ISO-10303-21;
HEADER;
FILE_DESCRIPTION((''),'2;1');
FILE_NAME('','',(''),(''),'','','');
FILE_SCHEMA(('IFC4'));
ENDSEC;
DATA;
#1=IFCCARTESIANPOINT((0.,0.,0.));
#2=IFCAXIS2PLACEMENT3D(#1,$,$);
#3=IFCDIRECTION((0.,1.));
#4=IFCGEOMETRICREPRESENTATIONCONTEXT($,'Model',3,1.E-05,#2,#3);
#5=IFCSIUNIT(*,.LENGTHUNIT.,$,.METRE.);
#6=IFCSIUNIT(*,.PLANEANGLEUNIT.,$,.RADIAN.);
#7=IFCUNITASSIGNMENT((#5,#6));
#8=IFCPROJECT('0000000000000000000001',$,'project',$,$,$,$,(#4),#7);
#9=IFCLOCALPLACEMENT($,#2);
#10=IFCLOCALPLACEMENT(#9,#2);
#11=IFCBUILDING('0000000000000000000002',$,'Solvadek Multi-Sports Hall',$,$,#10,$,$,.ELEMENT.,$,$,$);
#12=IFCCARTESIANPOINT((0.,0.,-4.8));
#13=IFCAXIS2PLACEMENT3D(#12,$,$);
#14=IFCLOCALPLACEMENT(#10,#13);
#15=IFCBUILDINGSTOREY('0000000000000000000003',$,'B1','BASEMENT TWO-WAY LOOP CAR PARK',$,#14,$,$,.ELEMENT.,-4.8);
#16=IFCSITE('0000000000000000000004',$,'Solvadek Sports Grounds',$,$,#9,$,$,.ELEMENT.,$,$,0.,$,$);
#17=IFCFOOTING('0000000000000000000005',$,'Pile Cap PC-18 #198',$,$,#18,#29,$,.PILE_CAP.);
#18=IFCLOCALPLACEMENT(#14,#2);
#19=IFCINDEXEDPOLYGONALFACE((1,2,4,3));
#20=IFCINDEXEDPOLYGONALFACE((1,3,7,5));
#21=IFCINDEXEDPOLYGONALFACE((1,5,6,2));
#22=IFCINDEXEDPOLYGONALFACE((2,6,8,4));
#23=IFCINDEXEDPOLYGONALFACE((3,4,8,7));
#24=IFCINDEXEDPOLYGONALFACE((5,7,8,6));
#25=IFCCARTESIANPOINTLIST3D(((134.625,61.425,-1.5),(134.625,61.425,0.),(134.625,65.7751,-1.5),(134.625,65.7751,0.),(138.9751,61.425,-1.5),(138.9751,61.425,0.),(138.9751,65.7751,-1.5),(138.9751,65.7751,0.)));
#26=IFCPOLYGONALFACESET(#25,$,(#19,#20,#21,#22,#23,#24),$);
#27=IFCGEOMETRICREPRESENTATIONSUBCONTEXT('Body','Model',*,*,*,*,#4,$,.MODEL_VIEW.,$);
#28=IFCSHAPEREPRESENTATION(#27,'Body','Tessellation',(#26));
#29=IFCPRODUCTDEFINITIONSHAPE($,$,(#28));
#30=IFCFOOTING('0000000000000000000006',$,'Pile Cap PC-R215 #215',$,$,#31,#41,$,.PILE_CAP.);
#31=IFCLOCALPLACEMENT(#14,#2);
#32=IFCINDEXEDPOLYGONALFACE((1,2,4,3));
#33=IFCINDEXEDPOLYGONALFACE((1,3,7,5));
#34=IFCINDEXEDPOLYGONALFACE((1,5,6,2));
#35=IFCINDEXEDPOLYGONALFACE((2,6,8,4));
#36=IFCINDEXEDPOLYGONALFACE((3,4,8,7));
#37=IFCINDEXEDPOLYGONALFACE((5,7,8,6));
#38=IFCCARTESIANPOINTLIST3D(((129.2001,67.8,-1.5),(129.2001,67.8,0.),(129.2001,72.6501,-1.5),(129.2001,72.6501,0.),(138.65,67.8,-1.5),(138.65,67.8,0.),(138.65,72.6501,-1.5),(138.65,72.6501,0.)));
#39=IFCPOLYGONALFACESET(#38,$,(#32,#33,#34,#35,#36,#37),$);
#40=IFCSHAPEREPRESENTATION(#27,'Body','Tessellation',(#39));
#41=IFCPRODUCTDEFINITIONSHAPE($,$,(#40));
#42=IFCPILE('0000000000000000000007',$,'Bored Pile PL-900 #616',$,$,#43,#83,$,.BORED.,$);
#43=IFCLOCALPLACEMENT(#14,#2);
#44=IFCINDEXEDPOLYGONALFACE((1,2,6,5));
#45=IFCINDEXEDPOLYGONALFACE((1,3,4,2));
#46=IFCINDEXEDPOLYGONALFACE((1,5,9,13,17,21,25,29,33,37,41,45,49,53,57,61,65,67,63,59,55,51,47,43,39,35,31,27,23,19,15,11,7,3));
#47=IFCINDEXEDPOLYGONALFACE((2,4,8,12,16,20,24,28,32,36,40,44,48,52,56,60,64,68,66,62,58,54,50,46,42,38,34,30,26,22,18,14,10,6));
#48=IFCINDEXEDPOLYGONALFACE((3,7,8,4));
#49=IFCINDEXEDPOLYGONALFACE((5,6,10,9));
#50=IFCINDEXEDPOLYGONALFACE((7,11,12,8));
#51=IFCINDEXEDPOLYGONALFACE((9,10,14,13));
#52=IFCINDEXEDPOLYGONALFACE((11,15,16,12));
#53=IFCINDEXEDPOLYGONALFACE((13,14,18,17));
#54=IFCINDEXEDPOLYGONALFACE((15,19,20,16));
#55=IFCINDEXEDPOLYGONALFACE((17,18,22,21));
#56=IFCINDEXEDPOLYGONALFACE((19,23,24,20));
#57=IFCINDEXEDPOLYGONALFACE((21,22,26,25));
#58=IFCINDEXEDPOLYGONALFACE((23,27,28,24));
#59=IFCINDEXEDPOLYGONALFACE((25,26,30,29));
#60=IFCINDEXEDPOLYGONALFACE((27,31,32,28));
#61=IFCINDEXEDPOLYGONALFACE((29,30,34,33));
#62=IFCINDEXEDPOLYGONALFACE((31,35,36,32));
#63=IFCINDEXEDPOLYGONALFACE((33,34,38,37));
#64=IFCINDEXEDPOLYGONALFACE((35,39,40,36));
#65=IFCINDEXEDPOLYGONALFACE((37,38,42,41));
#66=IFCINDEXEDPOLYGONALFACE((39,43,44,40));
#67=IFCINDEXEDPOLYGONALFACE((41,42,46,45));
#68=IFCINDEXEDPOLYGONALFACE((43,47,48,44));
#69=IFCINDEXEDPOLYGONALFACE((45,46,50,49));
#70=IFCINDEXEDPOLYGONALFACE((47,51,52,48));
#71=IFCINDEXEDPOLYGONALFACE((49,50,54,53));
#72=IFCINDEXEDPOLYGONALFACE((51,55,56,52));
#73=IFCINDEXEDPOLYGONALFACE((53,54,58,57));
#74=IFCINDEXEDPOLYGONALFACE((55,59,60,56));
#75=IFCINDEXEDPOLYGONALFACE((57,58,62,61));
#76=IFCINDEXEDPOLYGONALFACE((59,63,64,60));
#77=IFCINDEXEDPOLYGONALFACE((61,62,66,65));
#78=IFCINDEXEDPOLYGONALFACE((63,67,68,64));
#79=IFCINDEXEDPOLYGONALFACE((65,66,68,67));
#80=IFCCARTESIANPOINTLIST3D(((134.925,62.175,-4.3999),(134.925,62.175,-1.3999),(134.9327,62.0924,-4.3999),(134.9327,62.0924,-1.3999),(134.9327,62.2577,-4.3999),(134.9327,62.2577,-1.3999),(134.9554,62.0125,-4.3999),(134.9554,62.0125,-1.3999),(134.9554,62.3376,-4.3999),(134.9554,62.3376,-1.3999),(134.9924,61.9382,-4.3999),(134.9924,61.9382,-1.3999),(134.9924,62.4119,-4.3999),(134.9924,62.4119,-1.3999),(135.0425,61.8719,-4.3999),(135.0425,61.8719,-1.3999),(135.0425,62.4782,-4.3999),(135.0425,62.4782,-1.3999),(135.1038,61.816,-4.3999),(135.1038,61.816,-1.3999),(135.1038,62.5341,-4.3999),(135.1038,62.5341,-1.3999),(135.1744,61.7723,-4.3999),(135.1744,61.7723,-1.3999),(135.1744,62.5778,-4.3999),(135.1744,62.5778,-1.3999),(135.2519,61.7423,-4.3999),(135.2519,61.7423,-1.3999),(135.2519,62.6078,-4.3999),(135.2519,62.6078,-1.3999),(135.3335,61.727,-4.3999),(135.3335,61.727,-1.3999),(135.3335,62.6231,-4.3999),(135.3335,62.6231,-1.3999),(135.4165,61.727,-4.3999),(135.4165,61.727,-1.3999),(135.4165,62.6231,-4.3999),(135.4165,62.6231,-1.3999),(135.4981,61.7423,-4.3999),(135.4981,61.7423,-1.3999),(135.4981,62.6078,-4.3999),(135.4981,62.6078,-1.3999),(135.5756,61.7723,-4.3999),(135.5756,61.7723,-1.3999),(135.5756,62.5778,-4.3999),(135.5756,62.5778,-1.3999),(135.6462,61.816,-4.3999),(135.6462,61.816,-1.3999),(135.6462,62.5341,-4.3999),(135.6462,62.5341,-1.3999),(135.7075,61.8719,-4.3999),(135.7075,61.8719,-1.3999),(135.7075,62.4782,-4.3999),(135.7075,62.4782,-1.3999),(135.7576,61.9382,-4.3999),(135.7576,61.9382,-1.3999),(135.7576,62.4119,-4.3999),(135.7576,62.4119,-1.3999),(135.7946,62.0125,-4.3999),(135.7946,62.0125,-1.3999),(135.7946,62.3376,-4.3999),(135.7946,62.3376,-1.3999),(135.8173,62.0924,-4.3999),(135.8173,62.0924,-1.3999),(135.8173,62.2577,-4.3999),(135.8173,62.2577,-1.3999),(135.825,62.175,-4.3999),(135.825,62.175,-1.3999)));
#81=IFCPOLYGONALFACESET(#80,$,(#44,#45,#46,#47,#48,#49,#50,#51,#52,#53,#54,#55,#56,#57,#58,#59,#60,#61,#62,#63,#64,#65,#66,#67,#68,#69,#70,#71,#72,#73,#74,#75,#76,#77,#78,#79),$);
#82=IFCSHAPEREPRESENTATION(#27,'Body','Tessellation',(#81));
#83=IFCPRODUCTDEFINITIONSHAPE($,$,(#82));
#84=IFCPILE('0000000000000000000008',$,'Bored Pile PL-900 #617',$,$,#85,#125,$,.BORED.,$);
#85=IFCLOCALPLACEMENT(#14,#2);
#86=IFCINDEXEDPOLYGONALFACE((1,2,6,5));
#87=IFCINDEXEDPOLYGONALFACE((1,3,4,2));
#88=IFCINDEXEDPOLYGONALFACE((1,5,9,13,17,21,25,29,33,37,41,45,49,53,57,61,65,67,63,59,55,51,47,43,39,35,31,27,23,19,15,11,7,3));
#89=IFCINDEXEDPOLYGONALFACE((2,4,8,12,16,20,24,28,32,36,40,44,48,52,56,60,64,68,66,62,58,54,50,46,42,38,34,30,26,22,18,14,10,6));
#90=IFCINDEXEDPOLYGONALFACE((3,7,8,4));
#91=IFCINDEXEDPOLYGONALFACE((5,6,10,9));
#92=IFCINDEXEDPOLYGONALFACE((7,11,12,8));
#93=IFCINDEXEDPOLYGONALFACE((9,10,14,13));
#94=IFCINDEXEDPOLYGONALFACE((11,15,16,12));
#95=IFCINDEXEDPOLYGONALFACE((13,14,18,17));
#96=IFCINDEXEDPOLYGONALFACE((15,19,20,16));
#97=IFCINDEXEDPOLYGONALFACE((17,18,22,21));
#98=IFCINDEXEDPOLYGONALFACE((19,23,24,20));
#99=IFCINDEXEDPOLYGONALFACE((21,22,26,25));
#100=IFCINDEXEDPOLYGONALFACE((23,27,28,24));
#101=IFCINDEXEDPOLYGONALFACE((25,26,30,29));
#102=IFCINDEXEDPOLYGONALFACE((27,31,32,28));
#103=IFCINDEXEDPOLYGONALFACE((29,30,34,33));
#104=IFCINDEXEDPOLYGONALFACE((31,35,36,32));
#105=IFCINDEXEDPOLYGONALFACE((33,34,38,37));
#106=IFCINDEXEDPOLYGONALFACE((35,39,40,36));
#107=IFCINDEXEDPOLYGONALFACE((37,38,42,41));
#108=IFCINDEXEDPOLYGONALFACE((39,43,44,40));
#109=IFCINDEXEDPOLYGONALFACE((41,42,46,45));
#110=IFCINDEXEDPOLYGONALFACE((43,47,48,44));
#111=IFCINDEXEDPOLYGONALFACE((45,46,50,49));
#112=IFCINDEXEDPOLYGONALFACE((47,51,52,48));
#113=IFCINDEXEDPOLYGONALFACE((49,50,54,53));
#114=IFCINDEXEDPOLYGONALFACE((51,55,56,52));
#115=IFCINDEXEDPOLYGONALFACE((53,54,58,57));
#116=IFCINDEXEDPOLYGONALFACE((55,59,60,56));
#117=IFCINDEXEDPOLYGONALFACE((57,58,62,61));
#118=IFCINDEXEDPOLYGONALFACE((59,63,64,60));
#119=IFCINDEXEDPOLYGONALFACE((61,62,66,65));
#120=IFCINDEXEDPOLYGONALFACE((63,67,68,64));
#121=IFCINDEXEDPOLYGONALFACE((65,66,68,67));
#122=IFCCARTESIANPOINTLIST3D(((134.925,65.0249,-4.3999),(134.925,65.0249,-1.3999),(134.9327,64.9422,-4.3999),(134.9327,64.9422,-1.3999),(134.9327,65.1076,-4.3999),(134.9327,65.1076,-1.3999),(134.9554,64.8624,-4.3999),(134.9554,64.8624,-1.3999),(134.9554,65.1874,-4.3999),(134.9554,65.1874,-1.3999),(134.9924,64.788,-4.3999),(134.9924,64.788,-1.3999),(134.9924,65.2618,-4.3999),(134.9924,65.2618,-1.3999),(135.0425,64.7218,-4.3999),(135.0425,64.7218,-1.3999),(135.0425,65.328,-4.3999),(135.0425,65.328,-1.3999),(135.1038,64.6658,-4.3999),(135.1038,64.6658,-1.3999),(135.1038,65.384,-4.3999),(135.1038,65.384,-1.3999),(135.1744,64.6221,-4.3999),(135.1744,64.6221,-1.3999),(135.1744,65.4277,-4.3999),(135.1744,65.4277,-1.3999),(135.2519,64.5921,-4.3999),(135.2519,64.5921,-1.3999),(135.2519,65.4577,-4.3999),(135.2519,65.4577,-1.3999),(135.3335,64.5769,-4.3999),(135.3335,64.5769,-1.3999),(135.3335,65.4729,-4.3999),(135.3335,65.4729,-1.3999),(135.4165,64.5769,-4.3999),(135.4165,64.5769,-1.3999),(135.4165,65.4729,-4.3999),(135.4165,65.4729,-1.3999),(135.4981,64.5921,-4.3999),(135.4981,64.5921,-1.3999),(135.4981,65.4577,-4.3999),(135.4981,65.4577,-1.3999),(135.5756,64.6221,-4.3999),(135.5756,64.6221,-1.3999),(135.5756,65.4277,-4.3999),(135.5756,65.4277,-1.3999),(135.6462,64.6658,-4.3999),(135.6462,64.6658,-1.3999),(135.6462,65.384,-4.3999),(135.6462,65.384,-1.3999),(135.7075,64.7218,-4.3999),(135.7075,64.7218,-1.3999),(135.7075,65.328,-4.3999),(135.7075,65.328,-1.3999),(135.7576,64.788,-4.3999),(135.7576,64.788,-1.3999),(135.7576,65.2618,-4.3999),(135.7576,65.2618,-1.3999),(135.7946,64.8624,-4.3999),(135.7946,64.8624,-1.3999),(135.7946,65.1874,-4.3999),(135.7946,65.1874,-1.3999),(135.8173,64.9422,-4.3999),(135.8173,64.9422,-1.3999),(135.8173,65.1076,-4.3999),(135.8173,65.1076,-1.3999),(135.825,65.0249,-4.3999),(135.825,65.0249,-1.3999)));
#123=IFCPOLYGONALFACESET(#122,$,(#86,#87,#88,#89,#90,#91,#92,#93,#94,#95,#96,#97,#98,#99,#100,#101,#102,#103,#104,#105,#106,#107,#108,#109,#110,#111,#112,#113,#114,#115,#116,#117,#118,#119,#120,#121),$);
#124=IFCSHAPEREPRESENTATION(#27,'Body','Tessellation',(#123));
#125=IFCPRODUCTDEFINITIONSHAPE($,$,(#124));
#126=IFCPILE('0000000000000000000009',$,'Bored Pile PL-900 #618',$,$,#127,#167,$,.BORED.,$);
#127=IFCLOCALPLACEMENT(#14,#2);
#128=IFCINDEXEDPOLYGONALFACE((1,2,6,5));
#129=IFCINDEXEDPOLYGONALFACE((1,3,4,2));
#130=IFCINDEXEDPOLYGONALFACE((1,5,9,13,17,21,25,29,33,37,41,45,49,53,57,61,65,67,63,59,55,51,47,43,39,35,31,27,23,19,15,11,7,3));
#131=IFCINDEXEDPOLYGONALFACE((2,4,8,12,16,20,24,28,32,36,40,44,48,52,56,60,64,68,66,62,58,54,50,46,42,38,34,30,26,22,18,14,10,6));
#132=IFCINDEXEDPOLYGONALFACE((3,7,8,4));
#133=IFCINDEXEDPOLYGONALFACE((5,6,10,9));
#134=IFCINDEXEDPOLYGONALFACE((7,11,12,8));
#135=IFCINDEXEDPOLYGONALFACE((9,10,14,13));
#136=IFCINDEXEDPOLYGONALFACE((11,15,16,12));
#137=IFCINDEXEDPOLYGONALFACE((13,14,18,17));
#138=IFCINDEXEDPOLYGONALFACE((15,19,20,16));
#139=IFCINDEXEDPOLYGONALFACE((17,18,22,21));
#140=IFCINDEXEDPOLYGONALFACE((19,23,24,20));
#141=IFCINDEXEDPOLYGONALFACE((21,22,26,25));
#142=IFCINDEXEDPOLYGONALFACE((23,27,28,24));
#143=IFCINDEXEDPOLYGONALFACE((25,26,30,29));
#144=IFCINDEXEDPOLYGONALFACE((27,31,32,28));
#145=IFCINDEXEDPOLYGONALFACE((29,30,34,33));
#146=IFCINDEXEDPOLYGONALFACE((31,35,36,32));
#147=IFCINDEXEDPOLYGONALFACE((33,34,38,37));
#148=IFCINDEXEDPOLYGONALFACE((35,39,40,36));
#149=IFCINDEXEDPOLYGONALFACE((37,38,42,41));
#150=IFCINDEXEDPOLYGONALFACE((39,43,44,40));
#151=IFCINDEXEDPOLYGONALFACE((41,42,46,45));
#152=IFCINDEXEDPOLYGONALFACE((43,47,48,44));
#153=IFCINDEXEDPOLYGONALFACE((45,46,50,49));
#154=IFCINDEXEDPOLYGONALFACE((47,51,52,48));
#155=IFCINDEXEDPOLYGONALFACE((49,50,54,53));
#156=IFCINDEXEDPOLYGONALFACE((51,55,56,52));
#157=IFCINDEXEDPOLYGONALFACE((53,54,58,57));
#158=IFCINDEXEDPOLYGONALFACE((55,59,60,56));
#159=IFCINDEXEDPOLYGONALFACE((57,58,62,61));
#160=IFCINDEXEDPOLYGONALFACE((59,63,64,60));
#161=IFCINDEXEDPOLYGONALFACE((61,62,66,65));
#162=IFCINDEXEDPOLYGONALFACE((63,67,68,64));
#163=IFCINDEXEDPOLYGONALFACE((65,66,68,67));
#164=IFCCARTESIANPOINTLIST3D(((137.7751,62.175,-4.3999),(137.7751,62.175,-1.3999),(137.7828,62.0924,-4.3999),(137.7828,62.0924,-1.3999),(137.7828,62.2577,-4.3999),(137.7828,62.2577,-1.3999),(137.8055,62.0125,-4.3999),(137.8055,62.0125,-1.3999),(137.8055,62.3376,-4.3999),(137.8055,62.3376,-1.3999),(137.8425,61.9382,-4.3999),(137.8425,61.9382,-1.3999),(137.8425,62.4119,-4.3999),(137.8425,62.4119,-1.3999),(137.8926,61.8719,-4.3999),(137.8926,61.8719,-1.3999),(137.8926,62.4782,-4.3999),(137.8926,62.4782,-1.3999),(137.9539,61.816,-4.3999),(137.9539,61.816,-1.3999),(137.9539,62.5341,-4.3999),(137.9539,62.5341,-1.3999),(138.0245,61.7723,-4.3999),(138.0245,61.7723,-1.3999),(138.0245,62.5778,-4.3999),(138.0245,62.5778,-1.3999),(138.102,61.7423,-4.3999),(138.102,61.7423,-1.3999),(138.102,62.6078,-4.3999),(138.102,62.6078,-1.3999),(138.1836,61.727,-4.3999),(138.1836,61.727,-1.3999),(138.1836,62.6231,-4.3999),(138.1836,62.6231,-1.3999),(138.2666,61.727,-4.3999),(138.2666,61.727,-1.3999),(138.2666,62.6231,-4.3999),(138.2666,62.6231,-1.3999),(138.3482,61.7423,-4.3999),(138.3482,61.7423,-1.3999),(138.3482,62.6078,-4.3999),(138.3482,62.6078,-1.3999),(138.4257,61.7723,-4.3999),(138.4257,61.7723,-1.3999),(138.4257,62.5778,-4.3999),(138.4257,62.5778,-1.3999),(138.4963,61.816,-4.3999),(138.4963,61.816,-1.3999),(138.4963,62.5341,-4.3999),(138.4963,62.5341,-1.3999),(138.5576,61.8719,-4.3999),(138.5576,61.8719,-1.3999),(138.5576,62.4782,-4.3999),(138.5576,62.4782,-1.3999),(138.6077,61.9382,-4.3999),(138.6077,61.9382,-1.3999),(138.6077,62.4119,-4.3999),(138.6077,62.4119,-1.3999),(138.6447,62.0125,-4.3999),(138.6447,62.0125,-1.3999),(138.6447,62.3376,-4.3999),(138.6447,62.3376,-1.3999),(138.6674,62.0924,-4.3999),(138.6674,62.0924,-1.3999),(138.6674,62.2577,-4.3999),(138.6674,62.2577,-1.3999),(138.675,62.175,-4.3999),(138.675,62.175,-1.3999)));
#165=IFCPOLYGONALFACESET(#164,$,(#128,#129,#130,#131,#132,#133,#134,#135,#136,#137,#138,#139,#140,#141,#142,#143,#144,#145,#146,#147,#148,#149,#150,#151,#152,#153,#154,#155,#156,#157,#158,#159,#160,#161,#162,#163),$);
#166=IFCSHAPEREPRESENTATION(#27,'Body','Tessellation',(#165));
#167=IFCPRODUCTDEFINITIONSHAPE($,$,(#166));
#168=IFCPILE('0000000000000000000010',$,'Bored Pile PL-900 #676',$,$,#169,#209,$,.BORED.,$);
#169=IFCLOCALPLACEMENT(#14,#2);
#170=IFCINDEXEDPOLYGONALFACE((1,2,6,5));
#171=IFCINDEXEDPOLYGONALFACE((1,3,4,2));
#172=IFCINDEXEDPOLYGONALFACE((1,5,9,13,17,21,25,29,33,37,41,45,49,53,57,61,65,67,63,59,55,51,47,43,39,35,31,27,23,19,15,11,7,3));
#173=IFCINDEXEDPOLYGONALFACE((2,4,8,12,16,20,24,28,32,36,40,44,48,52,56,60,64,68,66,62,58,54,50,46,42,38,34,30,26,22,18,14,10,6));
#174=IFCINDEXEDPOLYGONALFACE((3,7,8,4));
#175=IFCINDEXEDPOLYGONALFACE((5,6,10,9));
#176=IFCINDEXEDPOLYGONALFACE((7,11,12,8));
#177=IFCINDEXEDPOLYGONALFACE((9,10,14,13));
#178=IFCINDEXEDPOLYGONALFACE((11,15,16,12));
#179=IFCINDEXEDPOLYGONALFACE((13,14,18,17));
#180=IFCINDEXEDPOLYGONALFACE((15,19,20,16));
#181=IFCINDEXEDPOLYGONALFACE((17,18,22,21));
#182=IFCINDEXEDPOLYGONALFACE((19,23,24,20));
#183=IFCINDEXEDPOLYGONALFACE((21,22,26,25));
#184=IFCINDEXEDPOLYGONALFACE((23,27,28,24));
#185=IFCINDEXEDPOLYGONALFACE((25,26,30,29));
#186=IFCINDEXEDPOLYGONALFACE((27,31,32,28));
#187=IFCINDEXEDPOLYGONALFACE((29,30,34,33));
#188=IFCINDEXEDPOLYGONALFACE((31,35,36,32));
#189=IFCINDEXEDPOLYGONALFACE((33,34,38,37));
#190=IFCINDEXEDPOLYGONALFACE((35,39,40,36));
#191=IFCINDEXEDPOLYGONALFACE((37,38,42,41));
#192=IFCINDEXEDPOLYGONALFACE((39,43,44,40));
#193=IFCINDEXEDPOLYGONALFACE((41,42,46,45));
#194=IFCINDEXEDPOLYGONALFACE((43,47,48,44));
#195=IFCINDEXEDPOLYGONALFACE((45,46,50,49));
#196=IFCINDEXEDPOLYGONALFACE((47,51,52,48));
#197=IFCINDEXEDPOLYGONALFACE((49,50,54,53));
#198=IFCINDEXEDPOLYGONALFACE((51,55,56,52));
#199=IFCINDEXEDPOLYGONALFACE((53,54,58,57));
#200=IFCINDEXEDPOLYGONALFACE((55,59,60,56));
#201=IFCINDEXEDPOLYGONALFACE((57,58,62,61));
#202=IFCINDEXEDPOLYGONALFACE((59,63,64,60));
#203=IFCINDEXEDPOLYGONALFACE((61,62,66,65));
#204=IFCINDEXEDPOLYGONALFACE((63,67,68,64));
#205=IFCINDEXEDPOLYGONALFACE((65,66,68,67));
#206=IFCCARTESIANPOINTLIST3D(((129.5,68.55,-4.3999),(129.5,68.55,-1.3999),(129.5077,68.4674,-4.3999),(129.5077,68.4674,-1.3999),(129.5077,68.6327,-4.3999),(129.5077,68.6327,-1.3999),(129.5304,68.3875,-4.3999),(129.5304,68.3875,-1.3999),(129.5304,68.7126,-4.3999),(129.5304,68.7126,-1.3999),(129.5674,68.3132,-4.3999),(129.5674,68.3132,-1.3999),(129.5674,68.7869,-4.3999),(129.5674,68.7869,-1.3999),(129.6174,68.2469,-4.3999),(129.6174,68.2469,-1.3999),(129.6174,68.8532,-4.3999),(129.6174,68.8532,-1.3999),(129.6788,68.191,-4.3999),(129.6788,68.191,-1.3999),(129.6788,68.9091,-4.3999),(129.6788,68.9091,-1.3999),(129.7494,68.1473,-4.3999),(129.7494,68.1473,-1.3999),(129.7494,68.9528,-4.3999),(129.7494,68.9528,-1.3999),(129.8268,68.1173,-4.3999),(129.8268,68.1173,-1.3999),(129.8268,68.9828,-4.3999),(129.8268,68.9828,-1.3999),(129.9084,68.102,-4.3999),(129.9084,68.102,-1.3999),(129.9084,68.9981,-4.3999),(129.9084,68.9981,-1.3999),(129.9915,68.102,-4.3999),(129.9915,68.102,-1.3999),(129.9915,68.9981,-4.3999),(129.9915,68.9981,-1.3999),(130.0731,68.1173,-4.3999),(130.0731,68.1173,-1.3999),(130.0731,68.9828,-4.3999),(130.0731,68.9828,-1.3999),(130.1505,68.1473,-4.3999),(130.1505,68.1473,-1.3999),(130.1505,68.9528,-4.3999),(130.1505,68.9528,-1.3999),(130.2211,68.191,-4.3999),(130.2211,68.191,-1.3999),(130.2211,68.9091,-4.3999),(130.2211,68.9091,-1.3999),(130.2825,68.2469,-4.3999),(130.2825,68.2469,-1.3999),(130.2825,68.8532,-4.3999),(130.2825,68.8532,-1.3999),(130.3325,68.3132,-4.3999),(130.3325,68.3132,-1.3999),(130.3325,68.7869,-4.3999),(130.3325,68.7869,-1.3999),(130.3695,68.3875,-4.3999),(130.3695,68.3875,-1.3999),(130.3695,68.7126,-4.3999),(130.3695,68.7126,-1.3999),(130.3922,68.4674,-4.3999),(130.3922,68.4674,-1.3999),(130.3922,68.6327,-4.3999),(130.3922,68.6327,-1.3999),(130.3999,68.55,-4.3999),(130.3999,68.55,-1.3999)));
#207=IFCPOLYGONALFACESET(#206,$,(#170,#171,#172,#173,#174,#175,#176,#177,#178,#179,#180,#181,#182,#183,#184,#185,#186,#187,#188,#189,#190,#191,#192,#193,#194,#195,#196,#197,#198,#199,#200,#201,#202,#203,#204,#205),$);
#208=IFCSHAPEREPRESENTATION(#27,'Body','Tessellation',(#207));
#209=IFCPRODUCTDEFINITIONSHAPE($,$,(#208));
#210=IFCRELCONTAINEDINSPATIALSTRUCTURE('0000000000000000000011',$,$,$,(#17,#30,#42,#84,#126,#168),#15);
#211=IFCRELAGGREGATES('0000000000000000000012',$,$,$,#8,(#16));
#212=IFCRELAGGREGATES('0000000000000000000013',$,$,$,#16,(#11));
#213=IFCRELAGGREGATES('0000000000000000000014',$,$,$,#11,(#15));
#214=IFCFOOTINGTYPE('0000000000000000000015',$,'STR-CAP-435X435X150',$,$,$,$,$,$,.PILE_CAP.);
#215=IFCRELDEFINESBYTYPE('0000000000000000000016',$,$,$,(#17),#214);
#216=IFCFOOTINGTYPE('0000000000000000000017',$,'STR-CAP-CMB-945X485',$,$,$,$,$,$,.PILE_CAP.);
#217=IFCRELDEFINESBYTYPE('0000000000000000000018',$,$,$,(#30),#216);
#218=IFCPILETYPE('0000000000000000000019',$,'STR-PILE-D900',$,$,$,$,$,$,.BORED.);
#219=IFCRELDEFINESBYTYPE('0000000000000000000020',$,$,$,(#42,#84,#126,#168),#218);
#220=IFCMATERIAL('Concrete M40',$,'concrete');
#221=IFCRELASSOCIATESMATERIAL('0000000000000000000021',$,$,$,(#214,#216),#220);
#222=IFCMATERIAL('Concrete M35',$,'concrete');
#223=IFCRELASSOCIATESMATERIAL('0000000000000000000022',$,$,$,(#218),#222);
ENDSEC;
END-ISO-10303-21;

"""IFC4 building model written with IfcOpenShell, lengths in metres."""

from ifc_helpers import new_model, si_unit, direction, frame, origin, origin_2d, place, context, subcontext, project, spatial, rectangle, circle, extrude, material, material_profile, profile_set, type_object, element, save


model = new_model("IFC4")

# Units and contexts
model_context = context("Model", 3, precision=1e-05, world=origin(), true_north=direction((0.0, 1.0)))
body_context = subcontext(model_context, "Body", "Model", "MODEL_VIEW")
ifc_project = project(units=[si_unit("LENGTHUNIT", "METRE"), si_unit("PLANEANGLEUNIT", "RADIAN")], contexts=[model_context])

# Site, building, storey
site_placement = place(None, origin())
site = spatial("IfcSite", under=ifc_project, at=site_placement, Name="Solvadek Sports Grounds", CompositionType="ELEMENT", RefElevation=0.0)
building_placement = place(site_placement, origin())
building = spatial("IfcBuilding", under=site, at=building_placement, Name="Solvadek Multi-Sports Hall", CompositionType="ELEMENT")
storey_placement = place(building_placement, frame((0.0, 0.0, -4.8)))
storey = spatial("IfcBuildingStorey", under=building, at=storey_placement, Name="B1", Description="BASEMENT TWO-WAY LOOP CAR PARK", CompositionType="ELEMENT", Elevation=-4.8)

# Footings
ifc_material_1 = material(Name="Concrete M40", Category="concrete")
footing_type_1 = type_object("IfcFootingType", Name="STR-CAP-435X435X150", PredefinedType="PILE_CAP", material=ifc_material_1)
footing_1_placement = place(storey_placement, frame((136.8, 63.6001, -1.5), z_axis=(0.0, 0.0, 1.0), x_axis=(1.0, 0.0, 0.0)))
element("IfcFooting", 1, at=footing_1_placement, inside=storey, type_object=footing_type_1, Name="Pile Cap PC-18 #198", PredefinedType="PILE_CAP", context=body_context, shape_type="SweptSolid", body=[
    extrude(rectangle(XDim=4.3501, YDim=4.3501, at=origin_2d()), origin(), (0.0, 0.0, 1.0), 1.5),
])
footing_type_2 = type_object("IfcFootingType", Name="STR-CAP-CMB-945X485", PredefinedType="PILE_CAP", material=ifc_material_1)
footing_2_placement = place(storey_placement, frame((133.925, 70.2251, -1.5), z_axis=(0.0, 0.0, 1.0), x_axis=(1.0, 0.0, 0.0)))
element("IfcFooting", 2, at=footing_2_placement, inside=storey, type_object=footing_type_2, Name="Pile Cap PC-R215 #215", PredefinedType="PILE_CAP", context=body_context, shape_type="SweptSolid", body=[
    extrude(rectangle(XDim=9.45, YDim=4.8501, at=origin_2d()), origin(), (0.0, 0.0, 1.0), 1.5),
])

# Piles
ifc_material_2 = material(Name="Concrete M35", Category="concrete")
ifc_material_profile_1 = material_profile(ifc_material_2, circle(Radius=0.45, at=origin_2d()), Name="BORED PILE D900")
ifc_profile_set_1 = profile_set([ifc_material_profile_1], Name="Concrete M35")
pile_type = type_object("IfcPileType", Name="STR-PILE-D900", PredefinedType="BORED", material=ifc_profile_set_1)
for number, where, z_axis, x_axis, name in (
    (3, (135.375, 62.175, -1.3999), (0.0, 0.0, -1.0), (1.0, 0.0, 0.0), "Bored Pile PL-900 #616"),
    (4, (135.375, 65.0249, -1.3999), (0.0, 0.0, -1.0), (1.0, 0.0, 0.0), "Bored Pile PL-900 #617"),
    (5, (138.2251, 62.175, -1.3999), (0.0, 0.0, -1.0), (1.0, 0.0, 0.0), "Bored Pile PL-900 #618"),
    (6, (129.95, 68.55, -1.3999), (0.0, 0.0, -1.0), (1.0, 0.0, 0.0), "Bored Pile PL-900 #676"),
):
    element("IfcPile", number, at=place(storey_placement, frame(where, z_axis=z_axis, x_axis=x_axis)), inside=storey, type_object=pile_type, Name=name, PredefinedType="BORED", context=body_context, shape_type="SweptSolid", body=[
        extrude(circle(Radius=0.45, at=origin_2d()), origin(), (0.0, 0.0, 1.0), 3.0),
    ])

save(model, "model.ifc")
